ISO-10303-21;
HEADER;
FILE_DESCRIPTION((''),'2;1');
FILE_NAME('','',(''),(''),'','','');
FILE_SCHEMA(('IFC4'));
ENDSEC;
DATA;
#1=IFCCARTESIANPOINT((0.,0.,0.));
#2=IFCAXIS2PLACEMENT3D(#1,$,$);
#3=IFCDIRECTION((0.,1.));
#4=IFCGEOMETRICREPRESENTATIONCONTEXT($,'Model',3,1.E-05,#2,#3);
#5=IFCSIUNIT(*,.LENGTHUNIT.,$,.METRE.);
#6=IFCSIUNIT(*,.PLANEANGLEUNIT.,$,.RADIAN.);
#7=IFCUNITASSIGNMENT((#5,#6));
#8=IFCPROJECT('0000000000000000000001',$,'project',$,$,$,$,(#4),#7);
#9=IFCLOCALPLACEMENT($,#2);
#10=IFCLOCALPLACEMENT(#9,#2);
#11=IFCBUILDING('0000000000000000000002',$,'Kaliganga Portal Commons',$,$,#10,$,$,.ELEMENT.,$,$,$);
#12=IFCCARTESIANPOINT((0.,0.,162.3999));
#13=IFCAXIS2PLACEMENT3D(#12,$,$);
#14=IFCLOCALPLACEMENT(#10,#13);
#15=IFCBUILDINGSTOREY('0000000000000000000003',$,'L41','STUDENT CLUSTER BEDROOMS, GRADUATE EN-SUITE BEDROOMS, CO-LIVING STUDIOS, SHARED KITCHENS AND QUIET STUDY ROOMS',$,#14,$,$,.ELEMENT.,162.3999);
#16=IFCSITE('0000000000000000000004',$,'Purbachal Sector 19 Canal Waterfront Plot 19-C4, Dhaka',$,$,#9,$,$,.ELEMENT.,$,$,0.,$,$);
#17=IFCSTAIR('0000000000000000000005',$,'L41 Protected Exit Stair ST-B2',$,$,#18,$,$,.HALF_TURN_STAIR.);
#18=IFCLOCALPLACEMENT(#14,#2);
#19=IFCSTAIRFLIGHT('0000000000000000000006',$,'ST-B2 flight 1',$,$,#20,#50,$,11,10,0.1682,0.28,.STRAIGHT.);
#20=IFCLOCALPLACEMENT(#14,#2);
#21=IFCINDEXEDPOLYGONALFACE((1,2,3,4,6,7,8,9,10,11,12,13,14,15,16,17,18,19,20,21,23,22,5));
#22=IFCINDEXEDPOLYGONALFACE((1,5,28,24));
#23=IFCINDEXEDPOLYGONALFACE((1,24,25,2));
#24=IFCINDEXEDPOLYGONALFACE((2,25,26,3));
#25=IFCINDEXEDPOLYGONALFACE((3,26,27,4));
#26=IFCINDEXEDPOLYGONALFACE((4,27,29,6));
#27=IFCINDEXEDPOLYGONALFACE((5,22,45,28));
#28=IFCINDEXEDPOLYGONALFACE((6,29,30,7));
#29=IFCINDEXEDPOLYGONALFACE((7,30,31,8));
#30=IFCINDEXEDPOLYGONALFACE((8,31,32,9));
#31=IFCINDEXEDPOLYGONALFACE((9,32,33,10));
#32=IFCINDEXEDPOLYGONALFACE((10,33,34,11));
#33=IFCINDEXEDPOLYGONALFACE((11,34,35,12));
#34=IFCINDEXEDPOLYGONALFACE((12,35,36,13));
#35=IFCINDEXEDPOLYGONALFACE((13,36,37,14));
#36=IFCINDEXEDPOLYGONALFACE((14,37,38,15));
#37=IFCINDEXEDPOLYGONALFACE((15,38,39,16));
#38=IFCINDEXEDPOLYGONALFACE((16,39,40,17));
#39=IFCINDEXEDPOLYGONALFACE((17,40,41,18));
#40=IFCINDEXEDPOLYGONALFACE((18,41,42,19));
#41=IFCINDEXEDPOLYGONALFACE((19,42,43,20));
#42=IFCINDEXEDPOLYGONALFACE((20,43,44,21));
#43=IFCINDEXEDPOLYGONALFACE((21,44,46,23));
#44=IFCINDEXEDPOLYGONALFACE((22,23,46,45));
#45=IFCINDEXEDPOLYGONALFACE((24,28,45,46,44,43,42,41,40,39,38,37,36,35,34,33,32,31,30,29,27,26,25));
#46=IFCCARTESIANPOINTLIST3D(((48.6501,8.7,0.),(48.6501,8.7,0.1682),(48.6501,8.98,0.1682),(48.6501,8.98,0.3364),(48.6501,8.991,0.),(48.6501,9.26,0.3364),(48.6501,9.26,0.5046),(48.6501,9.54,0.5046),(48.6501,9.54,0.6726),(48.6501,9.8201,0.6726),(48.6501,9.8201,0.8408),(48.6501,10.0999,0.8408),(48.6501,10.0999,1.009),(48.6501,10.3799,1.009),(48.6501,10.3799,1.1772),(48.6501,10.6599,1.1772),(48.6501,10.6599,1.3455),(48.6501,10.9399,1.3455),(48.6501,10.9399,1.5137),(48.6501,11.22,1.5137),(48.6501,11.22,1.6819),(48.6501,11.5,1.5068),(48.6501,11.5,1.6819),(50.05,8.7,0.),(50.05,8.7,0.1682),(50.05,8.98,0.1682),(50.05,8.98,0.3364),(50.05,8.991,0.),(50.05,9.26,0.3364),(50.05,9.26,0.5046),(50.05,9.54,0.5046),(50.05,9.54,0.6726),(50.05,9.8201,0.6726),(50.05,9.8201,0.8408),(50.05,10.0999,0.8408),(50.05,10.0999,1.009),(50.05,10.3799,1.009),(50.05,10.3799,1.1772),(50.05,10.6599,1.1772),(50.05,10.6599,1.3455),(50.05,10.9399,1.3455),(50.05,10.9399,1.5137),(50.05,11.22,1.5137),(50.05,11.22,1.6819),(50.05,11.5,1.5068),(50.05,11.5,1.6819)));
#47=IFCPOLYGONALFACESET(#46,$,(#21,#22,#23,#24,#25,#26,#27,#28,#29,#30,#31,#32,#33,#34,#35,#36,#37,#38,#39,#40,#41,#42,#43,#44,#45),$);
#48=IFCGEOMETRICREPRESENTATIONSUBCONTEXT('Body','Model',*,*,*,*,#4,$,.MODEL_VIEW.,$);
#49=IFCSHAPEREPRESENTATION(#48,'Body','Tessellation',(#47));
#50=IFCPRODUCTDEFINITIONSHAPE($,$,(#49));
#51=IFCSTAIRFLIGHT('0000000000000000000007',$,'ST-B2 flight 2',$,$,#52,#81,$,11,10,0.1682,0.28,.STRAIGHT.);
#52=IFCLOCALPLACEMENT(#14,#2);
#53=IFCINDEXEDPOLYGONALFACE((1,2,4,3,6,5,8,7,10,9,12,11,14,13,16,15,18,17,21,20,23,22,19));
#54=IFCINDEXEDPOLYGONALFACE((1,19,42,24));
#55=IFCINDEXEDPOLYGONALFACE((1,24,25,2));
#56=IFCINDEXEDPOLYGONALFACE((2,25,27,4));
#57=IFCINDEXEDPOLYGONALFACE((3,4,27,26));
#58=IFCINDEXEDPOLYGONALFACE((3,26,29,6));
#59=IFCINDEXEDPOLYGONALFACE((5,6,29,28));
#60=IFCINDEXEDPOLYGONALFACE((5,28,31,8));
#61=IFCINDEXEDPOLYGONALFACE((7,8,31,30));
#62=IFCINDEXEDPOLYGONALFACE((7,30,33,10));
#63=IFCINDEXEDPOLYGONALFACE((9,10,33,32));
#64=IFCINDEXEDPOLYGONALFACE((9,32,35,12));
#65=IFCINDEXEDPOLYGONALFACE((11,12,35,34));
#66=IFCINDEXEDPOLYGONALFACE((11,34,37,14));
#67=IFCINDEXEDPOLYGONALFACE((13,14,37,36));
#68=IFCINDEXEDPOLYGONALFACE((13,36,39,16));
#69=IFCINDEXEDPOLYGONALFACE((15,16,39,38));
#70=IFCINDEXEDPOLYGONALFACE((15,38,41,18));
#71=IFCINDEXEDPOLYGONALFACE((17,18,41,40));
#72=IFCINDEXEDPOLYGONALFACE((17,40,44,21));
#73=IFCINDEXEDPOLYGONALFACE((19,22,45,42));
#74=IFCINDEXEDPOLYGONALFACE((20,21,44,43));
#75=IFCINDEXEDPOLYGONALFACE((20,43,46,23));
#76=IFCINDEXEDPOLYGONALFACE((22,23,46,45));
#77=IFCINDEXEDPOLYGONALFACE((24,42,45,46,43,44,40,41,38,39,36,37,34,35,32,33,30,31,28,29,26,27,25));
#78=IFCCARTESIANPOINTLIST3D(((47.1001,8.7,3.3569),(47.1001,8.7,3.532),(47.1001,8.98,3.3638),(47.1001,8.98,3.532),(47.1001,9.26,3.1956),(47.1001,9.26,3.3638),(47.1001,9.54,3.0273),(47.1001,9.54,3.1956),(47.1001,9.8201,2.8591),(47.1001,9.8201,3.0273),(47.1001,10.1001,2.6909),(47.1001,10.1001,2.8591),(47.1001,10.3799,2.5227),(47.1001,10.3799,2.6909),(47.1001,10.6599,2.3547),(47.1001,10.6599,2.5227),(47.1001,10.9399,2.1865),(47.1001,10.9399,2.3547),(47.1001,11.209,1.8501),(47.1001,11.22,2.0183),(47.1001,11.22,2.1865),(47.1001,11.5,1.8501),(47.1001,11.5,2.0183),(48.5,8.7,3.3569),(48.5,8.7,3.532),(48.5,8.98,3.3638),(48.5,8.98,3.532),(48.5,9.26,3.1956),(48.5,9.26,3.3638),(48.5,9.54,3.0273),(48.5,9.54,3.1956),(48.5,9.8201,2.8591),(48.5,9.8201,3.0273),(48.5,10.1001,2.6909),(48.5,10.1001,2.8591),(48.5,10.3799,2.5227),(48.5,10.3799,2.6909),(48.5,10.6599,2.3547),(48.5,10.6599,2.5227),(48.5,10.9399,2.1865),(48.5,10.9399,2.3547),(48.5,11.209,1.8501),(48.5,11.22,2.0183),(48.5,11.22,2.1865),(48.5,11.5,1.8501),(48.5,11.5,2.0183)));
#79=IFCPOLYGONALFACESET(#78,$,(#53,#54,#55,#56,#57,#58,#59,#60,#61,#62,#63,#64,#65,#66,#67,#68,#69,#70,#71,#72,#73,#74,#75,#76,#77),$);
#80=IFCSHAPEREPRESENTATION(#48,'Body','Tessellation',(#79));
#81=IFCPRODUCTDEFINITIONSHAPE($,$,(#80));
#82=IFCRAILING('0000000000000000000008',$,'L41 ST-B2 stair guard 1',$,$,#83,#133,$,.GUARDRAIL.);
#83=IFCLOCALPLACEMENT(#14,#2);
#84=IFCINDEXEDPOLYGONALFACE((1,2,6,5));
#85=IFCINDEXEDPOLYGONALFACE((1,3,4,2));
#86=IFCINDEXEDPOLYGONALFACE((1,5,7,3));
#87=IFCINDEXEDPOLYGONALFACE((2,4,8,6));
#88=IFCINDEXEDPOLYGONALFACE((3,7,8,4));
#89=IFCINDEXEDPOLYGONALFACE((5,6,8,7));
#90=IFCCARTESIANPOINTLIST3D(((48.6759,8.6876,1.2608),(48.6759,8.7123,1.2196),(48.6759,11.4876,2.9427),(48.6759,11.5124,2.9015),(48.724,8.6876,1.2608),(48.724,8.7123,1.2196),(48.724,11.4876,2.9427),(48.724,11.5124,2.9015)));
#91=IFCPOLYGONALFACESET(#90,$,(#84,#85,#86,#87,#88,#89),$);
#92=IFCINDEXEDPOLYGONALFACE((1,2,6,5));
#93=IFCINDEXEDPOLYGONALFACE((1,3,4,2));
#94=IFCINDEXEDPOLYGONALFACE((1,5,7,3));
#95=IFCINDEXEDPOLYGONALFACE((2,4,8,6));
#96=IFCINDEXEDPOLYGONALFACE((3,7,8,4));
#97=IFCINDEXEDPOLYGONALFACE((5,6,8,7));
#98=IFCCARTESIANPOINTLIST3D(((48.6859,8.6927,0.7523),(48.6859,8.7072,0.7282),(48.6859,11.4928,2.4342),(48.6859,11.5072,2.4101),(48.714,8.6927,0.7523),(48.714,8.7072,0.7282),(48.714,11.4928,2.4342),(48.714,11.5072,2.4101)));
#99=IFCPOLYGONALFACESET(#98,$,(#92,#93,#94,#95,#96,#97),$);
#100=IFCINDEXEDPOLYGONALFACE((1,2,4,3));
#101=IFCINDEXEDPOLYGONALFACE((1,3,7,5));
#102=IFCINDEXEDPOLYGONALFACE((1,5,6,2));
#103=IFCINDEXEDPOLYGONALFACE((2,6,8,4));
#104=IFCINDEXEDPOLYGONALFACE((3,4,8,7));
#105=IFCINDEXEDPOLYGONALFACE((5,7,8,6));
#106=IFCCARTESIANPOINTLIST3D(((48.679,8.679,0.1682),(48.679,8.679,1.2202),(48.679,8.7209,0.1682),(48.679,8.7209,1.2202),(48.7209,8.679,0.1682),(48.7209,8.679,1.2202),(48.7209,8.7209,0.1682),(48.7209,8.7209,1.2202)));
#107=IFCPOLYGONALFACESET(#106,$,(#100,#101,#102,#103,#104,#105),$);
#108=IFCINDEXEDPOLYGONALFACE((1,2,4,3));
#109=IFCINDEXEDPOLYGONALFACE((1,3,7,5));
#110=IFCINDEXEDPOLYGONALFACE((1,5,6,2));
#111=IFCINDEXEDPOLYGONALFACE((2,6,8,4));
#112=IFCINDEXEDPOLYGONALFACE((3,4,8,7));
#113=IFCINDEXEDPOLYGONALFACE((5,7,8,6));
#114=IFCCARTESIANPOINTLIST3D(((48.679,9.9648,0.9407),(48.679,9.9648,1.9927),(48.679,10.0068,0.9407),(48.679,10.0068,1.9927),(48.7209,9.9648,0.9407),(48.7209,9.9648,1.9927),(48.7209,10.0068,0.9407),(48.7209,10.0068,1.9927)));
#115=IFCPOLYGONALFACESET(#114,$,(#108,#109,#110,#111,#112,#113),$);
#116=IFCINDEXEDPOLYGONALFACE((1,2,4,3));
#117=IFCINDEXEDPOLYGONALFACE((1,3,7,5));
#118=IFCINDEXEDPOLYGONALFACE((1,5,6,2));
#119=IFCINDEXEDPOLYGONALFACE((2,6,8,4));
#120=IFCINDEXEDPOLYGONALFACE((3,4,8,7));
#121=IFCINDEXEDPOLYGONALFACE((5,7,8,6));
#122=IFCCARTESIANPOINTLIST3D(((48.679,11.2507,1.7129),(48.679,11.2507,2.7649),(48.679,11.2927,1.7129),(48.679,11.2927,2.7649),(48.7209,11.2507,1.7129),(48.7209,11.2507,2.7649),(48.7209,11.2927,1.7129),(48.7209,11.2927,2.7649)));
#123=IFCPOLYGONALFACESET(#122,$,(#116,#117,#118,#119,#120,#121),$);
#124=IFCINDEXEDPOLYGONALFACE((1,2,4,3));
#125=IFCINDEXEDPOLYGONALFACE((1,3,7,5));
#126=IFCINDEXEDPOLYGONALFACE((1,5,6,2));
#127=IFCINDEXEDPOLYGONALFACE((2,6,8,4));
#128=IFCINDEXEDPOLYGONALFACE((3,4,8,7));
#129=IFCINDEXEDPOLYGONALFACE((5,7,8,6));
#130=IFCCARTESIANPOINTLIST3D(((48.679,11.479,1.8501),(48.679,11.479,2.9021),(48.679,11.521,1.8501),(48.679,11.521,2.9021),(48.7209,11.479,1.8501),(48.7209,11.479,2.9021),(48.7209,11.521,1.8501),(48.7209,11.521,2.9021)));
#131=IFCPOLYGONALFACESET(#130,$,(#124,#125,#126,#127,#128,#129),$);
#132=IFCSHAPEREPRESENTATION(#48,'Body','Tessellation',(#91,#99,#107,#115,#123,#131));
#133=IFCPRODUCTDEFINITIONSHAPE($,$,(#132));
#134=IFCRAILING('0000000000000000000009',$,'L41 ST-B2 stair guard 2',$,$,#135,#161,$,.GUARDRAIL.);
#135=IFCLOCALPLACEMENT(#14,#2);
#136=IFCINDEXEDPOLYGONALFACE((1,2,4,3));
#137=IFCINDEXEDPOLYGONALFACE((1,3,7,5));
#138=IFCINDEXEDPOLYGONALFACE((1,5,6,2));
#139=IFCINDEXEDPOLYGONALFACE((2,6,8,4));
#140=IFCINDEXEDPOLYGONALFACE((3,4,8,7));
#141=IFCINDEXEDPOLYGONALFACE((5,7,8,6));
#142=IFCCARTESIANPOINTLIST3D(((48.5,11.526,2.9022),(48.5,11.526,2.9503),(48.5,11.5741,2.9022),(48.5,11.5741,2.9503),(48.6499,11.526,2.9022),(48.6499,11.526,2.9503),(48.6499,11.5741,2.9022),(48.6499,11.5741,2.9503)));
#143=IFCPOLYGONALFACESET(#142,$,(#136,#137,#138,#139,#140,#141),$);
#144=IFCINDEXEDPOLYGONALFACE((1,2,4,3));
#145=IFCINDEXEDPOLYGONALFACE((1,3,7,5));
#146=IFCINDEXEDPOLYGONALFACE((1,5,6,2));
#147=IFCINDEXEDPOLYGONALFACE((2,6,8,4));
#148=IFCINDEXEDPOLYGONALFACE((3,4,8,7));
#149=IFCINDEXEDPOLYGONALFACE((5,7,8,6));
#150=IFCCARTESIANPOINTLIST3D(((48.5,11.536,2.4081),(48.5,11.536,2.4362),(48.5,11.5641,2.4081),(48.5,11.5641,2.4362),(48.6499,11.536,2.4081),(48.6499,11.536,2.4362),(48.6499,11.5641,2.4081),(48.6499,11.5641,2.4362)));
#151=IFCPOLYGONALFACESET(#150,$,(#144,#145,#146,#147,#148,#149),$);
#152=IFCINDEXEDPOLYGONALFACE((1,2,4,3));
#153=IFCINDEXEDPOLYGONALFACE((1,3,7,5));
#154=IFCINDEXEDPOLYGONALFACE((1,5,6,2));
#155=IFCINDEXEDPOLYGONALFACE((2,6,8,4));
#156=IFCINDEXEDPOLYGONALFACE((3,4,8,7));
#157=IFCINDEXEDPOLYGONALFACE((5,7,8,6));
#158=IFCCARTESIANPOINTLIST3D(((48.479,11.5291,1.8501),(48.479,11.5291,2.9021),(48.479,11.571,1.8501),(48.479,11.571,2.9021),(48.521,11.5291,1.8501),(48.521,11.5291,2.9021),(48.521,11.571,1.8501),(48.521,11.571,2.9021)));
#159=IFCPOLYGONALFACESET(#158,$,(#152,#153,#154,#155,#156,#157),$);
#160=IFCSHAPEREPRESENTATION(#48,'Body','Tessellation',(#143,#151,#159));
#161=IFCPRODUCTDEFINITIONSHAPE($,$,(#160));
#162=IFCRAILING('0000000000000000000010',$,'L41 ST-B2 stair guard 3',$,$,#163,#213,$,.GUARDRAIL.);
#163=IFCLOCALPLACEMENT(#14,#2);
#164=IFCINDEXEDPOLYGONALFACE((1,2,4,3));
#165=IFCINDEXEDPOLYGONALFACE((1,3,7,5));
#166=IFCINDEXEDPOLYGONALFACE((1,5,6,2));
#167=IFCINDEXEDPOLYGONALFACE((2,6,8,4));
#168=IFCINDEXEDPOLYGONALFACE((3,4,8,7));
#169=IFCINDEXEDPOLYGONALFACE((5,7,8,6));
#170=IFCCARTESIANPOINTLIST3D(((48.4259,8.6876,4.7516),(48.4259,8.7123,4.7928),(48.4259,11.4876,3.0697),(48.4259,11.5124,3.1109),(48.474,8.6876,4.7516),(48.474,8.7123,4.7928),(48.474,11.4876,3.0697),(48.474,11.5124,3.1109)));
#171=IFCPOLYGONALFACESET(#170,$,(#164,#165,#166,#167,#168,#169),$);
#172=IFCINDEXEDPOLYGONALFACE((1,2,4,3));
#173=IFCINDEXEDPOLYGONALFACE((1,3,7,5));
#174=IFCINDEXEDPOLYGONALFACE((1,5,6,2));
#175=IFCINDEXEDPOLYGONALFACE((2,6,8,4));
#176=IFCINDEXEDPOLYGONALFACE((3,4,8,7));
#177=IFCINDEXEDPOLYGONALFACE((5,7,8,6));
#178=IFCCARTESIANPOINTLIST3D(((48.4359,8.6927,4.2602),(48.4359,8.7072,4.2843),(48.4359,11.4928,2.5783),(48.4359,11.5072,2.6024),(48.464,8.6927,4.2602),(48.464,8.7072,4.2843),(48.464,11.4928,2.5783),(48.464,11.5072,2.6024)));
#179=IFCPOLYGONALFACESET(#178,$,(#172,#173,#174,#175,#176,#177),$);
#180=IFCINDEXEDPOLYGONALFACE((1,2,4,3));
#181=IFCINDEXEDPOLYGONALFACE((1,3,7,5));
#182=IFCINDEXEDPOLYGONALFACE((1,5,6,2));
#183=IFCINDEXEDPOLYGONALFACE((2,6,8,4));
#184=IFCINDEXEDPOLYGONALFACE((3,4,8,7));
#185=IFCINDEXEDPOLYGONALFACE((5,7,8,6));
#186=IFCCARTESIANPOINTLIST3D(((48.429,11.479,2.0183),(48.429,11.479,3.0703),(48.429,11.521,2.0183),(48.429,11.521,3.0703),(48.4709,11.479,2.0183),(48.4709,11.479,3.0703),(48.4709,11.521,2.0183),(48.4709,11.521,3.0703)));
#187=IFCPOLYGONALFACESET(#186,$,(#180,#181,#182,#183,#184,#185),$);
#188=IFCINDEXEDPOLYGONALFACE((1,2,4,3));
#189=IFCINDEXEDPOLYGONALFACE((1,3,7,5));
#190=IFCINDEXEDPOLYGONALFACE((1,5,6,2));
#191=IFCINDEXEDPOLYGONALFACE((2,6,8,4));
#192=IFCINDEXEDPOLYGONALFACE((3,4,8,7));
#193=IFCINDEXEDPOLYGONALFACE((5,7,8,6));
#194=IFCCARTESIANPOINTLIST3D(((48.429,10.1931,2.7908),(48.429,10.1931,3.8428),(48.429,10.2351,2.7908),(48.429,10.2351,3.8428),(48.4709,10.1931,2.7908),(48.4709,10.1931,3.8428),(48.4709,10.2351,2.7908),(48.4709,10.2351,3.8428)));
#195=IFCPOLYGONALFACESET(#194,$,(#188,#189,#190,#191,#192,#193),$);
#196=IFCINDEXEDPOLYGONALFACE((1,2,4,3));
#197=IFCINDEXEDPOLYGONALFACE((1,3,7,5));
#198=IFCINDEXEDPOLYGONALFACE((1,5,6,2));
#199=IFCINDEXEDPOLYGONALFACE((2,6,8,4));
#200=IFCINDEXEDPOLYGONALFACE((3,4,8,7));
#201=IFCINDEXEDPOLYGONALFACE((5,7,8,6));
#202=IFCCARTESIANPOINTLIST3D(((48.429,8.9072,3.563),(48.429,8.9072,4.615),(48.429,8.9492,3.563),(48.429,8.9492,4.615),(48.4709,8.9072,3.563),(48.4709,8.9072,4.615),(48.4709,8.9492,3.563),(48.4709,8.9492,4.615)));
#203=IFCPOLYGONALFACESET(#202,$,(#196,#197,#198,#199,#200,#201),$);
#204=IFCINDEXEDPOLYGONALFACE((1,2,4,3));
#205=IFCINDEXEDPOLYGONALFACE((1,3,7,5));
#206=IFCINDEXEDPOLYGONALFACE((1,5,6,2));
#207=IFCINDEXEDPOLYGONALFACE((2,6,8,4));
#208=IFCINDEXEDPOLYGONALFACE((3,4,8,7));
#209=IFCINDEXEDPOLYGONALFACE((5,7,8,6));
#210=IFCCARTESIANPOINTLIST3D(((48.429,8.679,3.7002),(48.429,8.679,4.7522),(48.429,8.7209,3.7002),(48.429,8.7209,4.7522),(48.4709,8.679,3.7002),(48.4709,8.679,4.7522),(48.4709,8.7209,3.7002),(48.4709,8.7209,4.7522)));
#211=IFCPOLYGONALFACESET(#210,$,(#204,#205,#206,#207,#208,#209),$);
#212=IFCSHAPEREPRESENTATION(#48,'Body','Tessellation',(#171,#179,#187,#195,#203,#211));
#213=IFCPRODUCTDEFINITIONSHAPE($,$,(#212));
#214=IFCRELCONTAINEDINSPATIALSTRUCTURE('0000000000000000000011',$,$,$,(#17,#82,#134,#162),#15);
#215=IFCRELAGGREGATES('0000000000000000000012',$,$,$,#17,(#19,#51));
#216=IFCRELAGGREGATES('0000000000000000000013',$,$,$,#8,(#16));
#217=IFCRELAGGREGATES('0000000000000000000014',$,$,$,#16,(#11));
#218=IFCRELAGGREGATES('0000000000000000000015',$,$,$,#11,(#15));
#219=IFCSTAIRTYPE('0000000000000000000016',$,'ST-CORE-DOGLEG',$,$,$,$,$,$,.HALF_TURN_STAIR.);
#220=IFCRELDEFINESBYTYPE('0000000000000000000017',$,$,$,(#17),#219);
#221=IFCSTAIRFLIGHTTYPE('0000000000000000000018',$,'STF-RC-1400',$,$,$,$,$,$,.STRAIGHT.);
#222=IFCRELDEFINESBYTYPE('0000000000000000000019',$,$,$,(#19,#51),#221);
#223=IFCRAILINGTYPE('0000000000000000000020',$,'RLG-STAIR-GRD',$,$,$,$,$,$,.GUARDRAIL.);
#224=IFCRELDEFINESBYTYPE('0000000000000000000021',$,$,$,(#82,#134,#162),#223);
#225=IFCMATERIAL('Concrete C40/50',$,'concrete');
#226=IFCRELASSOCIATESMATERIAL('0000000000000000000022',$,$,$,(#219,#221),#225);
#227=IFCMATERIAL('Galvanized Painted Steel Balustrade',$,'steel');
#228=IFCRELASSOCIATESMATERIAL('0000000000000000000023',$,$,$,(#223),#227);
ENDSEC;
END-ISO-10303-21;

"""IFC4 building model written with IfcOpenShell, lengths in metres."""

from ifc_helpers import new_model, si_unit, direction, frame, origin, origin_2d, place, context, subcontext, project, spatial, polyline, rectangle, outline, extrude, material, type_object, element, aggregate, save


model = new_model("IFC4")

# Units and contexts
model_context = context("Model", 3, precision=1e-05, world=origin(), true_north=direction((0.0, 1.0)))
body_context = subcontext(model_context, "Body", "Model", "MODEL_VIEW")
ifc_project = project(units=[si_unit("LENGTHUNIT", "METRE"), si_unit("PLANEANGLEUNIT", "RADIAN")], contexts=[model_context])

# Site, building, storey
site_placement = place(None, origin())
site = spatial("IfcSite", under=ifc_project, at=site_placement, Name="Purbachal Sector 19 Canal Waterfront Plot 19-C4, Dhaka", CompositionType="ELEMENT", RefElevation=0.0)
building_placement = place(site_placement, origin())
building = spatial("IfcBuilding", under=site, at=building_placement, Name="Kaliganga Portal Commons", CompositionType="ELEMENT")
storey_placement = place(building_placement, frame((0.0, 0.0, 162.3999)))
storey = spatial("IfcBuildingStorey", under=building, at=storey_placement, Name="L41", Description="STUDENT CLUSTER BEDROOMS, GRADUATE EN-SUITE BEDROOMS, CO-LIVING STUDIOS, SHARED KITCHENS AND QUIET STUDY ROOMS", CompositionType="ELEMENT", Elevation=162.3999)

# Stair, stair flights
ifc_material_1 = material(Name="Concrete C40/50", Category="concrete")
stair_type = type_object("IfcStairType", Name="ST-CORE-DOGLEG", PredefinedType="HALF_TURN_STAIR", material=ifc_material_1)
stair_placement = place(storey_placement, origin())
stair = element("IfcStair", 1, at=stair_placement, inside=storey, type_object=stair_type, Name="L41 Protected Exit Stair ST-B2", PredefinedType="HALF_TURN_STAIR")
stair_flight_type = type_object("IfcStairFlightType", Name="STF-RC-1400", PredefinedType="STRAIGHT", material=ifc_material_1)
stair_flight_1_placement = place(storey_placement, frame((49.3501, 8.7, 0.0), z_axis=(0.0, 0.0, 1.0), x_axis=(0.0, 1.0, 0.0)))
stair_flight_1 = element("IfcStairFlight", 2, at=stair_flight_1_placement, type_object=stair_flight_type, Name="ST-B2 flight 1", NumberOfRisers=11, NumberOfTreads=10, PredefinedType="STRAIGHT", RiserHeight=0.1682, TreadLength=0.28, context=body_context, shape_type="SweptSolid", body=[
    extrude(outline(polyline([(0.0, 0.0), (0.0, 0.1682), (0.28, 0.1682), (0.28, 0.3364), (0.5601, 0.3364), (0.5601, 0.5046), (0.8401, 0.5046), (0.8401, 0.6726), (1.1201, 0.6726), (1.1201, 0.8408), (1.3999, 0.8408), (1.3999, 1.009), (1.6799, 1.009), (1.6799, 1.1772), (1.96, 1.1772), (1.96, 1.3455), (2.24, 1.3455), (2.24, 1.5137), (2.52, 1.5137), (2.52, 1.6819), (2.8, 1.6819), (2.8, 1.8501), (2.8, 1.5068), (0.291, 0.0), (0.0, 0.0)])), frame((0.0, 0.7, 0.0), z_axis=(0.0, -1.0, 0.0), x_axis=(1.0, 0.0, 0.0)), (0.0, 0.0, 1.0), 1.3999),
])
stair_flight_2_placement = place(storey_placement, frame((47.8, 11.5, 1.8501), z_axis=(0.0, 0.0, 1.0), x_axis=(0.0, -1.0, 0.0)))
stair_flight_2 = element("IfcStairFlight", 3, at=stair_flight_2_placement, type_object=stair_flight_type, Name="ST-B2 flight 2", NumberOfRisers=11, NumberOfTreads=10, PredefinedType="STRAIGHT", RiserHeight=0.1682, TreadLength=0.28, context=body_context, shape_type="SweptSolid", body=[
    extrude(outline(polyline([(0.0, 0.0), (0.0, 0.1682), (0.28, 0.1682), (0.28, 0.3364), (0.5601, 0.3364), (0.5601, 0.5046), (0.8401, 0.5046), (0.8401, 0.6726), (1.1201, 0.6726), (1.1201, 0.8408), (1.3999, 0.8408), (1.3999, 1.009), (1.6799, 1.009), (1.6799, 1.1772), (1.96, 1.1772), (1.96, 1.3455), (2.24, 1.3455), (2.24, 1.5137), (2.52, 1.5137), (2.52, 1.6819), (2.8, 1.6819), (2.8, 1.8501), (2.8, 1.5068), (0.291, 0.0), (0.0, 0.0)])), frame((0.0, 0.7, 0.0), z_axis=(0.0, -1.0, 0.0), x_axis=(1.0, 0.0, 0.0)), (0.0, 0.0, 1.0), 1.3999),
])
aggregate(stair, [stair_flight_1, stair_flight_2])

# Railings
ifc_material_2 = material(Name="Galvanized Painted Steel Balustrade", Category="steel")
railing_type_1 = type_object("IfcRailingType", Name="RLG-STAIR-GRD", PredefinedType="GUARDRAIL", material=ifc_material_2)
railing_1_placement = place(storey_placement, frame((48.7, 8.7, 0.1682)))
element("IfcRailing", 4, at=railing_1_placement, inside=storey, type_object=railing_type_1, Name="L41 ST-B2 stair guard 1", PredefinedType="GUARDRAIL", context=body_context, shape_type="SweptSolid", body=[
    extrude(rectangle(XDim=0.0481, YDim=0.0481, at=origin_2d()), frame((0.0, 0.0, 1.072), z_axis=(0.0, 0.857242, 0.514913), x_axis=(-1.0, 0.0, 0.0)), (0.0, 0.0, 1.0), 3.2664),
    extrude(rectangle(XDim=0.0281, YDim=0.0281, at=origin_2d()), frame((0.0, 0.0, 0.572), z_axis=(0.0, 0.857242, 0.514913), x_axis=(-1.0, 0.0, 0.0)), (0.0, 0.0, 1.0), 3.2664),
    extrude(rectangle(XDim=0.042, YDim=0.042, at=origin_2d()), origin(), (0.0, 0.0, 1.0), 1.052),
    extrude(rectangle(XDim=0.042, YDim=0.042, at=origin_2d()), frame((0.0, 1.2859, 0.7725)), (0.0, 0.0, 1.0), 1.052),
    extrude(rectangle(XDim=0.042, YDim=0.042, at=origin_2d()), frame((0.0, 2.5718, 1.5447)), (0.0, 0.0, 1.0), 1.052),
    extrude(rectangle(XDim=0.042, YDim=0.042, at=origin_2d()), frame((0.0, 2.8, 1.6819)), (0.0, 0.0, 1.0), 1.052),
])
railing_2_placement = place(storey_placement, frame((48.6499, 11.55, 1.8501)))
element("IfcRailing", 5, at=railing_2_placement, inside=storey, type_object=railing_type_1, Name="L41 ST-B2 stair guard 2", PredefinedType="GUARDRAIL", context=body_context, shape_type="SweptSolid", body=[
    extrude(rectangle(XDim=0.0481, YDim=0.0481, at=origin_2d()), frame((0.0, 0.0, 1.0762), z_axis=(-1.0, 0.0, 0.0), x_axis=(0.0, -1.0, 0.0)), (0.0, 0.0, 1.0), 0.1499),
    extrude(rectangle(XDim=0.0281, YDim=0.0281, at=origin_2d()), frame((0.0, 0.0, 0.572), z_axis=(-1.0, 0.0, 0.0), x_axis=(0.0, -1.0, 0.0)), (0.0, 0.0, 1.0), 0.1499),
    extrude(rectangle(XDim=0.042, YDim=0.042, at=origin_2d()), frame((-0.1499, 0.0, 0.0)), (0.0, 0.0, 1.0), 1.052),
])
railing_3_placement = place(storey_placement, frame((48.45, 11.5, 2.0183)))
element("IfcRailing", 6, at=railing_3_placement, inside=storey, type_object=railing_type_1, Name="L41 ST-B2 stair guard 3", PredefinedType="GUARDRAIL", context=body_context, shape_type="SweptSolid", body=[
    extrude(rectangle(XDim=0.0481, YDim=0.0481, at=origin_2d()), frame((0.0, 0.0, 1.072), z_axis=(0.0, -0.857242, 0.514913), x_axis=(1.0, 0.0, 0.0)), (0.0, 0.0, 1.0), 3.2664),
    extrude(rectangle(XDim=0.0281, YDim=0.0281, at=origin_2d()), frame((0.0, 0.0, 0.572), z_axis=(0.0, -0.857242, 0.514913), x_axis=(1.0, 0.0, 0.0)), (0.0, 0.0, 1.0), 3.2664),
    extrude(rectangle(XDim=0.042, YDim=0.042, at=origin_2d()), origin(), (0.0, 0.0, 1.0), 1.052),
    extrude(rectangle(XDim=0.042, YDim=0.042, at=origin_2d()), frame((0.0, -1.2859, 0.7725)), (0.0, 0.0, 1.0), 1.052),
    extrude(rectangle(XDim=0.042, YDim=0.042, at=origin_2d()), frame((0.0, -2.5718, 1.5447)), (0.0, 0.0, 1.0), 1.052),
    extrude(rectangle(XDim=0.042, YDim=0.042, at=origin_2d()), frame((0.0, -2.8, 1.6819)), (0.0, 0.0, 1.0), 1.052),
])

save(model, "model.ifc")
